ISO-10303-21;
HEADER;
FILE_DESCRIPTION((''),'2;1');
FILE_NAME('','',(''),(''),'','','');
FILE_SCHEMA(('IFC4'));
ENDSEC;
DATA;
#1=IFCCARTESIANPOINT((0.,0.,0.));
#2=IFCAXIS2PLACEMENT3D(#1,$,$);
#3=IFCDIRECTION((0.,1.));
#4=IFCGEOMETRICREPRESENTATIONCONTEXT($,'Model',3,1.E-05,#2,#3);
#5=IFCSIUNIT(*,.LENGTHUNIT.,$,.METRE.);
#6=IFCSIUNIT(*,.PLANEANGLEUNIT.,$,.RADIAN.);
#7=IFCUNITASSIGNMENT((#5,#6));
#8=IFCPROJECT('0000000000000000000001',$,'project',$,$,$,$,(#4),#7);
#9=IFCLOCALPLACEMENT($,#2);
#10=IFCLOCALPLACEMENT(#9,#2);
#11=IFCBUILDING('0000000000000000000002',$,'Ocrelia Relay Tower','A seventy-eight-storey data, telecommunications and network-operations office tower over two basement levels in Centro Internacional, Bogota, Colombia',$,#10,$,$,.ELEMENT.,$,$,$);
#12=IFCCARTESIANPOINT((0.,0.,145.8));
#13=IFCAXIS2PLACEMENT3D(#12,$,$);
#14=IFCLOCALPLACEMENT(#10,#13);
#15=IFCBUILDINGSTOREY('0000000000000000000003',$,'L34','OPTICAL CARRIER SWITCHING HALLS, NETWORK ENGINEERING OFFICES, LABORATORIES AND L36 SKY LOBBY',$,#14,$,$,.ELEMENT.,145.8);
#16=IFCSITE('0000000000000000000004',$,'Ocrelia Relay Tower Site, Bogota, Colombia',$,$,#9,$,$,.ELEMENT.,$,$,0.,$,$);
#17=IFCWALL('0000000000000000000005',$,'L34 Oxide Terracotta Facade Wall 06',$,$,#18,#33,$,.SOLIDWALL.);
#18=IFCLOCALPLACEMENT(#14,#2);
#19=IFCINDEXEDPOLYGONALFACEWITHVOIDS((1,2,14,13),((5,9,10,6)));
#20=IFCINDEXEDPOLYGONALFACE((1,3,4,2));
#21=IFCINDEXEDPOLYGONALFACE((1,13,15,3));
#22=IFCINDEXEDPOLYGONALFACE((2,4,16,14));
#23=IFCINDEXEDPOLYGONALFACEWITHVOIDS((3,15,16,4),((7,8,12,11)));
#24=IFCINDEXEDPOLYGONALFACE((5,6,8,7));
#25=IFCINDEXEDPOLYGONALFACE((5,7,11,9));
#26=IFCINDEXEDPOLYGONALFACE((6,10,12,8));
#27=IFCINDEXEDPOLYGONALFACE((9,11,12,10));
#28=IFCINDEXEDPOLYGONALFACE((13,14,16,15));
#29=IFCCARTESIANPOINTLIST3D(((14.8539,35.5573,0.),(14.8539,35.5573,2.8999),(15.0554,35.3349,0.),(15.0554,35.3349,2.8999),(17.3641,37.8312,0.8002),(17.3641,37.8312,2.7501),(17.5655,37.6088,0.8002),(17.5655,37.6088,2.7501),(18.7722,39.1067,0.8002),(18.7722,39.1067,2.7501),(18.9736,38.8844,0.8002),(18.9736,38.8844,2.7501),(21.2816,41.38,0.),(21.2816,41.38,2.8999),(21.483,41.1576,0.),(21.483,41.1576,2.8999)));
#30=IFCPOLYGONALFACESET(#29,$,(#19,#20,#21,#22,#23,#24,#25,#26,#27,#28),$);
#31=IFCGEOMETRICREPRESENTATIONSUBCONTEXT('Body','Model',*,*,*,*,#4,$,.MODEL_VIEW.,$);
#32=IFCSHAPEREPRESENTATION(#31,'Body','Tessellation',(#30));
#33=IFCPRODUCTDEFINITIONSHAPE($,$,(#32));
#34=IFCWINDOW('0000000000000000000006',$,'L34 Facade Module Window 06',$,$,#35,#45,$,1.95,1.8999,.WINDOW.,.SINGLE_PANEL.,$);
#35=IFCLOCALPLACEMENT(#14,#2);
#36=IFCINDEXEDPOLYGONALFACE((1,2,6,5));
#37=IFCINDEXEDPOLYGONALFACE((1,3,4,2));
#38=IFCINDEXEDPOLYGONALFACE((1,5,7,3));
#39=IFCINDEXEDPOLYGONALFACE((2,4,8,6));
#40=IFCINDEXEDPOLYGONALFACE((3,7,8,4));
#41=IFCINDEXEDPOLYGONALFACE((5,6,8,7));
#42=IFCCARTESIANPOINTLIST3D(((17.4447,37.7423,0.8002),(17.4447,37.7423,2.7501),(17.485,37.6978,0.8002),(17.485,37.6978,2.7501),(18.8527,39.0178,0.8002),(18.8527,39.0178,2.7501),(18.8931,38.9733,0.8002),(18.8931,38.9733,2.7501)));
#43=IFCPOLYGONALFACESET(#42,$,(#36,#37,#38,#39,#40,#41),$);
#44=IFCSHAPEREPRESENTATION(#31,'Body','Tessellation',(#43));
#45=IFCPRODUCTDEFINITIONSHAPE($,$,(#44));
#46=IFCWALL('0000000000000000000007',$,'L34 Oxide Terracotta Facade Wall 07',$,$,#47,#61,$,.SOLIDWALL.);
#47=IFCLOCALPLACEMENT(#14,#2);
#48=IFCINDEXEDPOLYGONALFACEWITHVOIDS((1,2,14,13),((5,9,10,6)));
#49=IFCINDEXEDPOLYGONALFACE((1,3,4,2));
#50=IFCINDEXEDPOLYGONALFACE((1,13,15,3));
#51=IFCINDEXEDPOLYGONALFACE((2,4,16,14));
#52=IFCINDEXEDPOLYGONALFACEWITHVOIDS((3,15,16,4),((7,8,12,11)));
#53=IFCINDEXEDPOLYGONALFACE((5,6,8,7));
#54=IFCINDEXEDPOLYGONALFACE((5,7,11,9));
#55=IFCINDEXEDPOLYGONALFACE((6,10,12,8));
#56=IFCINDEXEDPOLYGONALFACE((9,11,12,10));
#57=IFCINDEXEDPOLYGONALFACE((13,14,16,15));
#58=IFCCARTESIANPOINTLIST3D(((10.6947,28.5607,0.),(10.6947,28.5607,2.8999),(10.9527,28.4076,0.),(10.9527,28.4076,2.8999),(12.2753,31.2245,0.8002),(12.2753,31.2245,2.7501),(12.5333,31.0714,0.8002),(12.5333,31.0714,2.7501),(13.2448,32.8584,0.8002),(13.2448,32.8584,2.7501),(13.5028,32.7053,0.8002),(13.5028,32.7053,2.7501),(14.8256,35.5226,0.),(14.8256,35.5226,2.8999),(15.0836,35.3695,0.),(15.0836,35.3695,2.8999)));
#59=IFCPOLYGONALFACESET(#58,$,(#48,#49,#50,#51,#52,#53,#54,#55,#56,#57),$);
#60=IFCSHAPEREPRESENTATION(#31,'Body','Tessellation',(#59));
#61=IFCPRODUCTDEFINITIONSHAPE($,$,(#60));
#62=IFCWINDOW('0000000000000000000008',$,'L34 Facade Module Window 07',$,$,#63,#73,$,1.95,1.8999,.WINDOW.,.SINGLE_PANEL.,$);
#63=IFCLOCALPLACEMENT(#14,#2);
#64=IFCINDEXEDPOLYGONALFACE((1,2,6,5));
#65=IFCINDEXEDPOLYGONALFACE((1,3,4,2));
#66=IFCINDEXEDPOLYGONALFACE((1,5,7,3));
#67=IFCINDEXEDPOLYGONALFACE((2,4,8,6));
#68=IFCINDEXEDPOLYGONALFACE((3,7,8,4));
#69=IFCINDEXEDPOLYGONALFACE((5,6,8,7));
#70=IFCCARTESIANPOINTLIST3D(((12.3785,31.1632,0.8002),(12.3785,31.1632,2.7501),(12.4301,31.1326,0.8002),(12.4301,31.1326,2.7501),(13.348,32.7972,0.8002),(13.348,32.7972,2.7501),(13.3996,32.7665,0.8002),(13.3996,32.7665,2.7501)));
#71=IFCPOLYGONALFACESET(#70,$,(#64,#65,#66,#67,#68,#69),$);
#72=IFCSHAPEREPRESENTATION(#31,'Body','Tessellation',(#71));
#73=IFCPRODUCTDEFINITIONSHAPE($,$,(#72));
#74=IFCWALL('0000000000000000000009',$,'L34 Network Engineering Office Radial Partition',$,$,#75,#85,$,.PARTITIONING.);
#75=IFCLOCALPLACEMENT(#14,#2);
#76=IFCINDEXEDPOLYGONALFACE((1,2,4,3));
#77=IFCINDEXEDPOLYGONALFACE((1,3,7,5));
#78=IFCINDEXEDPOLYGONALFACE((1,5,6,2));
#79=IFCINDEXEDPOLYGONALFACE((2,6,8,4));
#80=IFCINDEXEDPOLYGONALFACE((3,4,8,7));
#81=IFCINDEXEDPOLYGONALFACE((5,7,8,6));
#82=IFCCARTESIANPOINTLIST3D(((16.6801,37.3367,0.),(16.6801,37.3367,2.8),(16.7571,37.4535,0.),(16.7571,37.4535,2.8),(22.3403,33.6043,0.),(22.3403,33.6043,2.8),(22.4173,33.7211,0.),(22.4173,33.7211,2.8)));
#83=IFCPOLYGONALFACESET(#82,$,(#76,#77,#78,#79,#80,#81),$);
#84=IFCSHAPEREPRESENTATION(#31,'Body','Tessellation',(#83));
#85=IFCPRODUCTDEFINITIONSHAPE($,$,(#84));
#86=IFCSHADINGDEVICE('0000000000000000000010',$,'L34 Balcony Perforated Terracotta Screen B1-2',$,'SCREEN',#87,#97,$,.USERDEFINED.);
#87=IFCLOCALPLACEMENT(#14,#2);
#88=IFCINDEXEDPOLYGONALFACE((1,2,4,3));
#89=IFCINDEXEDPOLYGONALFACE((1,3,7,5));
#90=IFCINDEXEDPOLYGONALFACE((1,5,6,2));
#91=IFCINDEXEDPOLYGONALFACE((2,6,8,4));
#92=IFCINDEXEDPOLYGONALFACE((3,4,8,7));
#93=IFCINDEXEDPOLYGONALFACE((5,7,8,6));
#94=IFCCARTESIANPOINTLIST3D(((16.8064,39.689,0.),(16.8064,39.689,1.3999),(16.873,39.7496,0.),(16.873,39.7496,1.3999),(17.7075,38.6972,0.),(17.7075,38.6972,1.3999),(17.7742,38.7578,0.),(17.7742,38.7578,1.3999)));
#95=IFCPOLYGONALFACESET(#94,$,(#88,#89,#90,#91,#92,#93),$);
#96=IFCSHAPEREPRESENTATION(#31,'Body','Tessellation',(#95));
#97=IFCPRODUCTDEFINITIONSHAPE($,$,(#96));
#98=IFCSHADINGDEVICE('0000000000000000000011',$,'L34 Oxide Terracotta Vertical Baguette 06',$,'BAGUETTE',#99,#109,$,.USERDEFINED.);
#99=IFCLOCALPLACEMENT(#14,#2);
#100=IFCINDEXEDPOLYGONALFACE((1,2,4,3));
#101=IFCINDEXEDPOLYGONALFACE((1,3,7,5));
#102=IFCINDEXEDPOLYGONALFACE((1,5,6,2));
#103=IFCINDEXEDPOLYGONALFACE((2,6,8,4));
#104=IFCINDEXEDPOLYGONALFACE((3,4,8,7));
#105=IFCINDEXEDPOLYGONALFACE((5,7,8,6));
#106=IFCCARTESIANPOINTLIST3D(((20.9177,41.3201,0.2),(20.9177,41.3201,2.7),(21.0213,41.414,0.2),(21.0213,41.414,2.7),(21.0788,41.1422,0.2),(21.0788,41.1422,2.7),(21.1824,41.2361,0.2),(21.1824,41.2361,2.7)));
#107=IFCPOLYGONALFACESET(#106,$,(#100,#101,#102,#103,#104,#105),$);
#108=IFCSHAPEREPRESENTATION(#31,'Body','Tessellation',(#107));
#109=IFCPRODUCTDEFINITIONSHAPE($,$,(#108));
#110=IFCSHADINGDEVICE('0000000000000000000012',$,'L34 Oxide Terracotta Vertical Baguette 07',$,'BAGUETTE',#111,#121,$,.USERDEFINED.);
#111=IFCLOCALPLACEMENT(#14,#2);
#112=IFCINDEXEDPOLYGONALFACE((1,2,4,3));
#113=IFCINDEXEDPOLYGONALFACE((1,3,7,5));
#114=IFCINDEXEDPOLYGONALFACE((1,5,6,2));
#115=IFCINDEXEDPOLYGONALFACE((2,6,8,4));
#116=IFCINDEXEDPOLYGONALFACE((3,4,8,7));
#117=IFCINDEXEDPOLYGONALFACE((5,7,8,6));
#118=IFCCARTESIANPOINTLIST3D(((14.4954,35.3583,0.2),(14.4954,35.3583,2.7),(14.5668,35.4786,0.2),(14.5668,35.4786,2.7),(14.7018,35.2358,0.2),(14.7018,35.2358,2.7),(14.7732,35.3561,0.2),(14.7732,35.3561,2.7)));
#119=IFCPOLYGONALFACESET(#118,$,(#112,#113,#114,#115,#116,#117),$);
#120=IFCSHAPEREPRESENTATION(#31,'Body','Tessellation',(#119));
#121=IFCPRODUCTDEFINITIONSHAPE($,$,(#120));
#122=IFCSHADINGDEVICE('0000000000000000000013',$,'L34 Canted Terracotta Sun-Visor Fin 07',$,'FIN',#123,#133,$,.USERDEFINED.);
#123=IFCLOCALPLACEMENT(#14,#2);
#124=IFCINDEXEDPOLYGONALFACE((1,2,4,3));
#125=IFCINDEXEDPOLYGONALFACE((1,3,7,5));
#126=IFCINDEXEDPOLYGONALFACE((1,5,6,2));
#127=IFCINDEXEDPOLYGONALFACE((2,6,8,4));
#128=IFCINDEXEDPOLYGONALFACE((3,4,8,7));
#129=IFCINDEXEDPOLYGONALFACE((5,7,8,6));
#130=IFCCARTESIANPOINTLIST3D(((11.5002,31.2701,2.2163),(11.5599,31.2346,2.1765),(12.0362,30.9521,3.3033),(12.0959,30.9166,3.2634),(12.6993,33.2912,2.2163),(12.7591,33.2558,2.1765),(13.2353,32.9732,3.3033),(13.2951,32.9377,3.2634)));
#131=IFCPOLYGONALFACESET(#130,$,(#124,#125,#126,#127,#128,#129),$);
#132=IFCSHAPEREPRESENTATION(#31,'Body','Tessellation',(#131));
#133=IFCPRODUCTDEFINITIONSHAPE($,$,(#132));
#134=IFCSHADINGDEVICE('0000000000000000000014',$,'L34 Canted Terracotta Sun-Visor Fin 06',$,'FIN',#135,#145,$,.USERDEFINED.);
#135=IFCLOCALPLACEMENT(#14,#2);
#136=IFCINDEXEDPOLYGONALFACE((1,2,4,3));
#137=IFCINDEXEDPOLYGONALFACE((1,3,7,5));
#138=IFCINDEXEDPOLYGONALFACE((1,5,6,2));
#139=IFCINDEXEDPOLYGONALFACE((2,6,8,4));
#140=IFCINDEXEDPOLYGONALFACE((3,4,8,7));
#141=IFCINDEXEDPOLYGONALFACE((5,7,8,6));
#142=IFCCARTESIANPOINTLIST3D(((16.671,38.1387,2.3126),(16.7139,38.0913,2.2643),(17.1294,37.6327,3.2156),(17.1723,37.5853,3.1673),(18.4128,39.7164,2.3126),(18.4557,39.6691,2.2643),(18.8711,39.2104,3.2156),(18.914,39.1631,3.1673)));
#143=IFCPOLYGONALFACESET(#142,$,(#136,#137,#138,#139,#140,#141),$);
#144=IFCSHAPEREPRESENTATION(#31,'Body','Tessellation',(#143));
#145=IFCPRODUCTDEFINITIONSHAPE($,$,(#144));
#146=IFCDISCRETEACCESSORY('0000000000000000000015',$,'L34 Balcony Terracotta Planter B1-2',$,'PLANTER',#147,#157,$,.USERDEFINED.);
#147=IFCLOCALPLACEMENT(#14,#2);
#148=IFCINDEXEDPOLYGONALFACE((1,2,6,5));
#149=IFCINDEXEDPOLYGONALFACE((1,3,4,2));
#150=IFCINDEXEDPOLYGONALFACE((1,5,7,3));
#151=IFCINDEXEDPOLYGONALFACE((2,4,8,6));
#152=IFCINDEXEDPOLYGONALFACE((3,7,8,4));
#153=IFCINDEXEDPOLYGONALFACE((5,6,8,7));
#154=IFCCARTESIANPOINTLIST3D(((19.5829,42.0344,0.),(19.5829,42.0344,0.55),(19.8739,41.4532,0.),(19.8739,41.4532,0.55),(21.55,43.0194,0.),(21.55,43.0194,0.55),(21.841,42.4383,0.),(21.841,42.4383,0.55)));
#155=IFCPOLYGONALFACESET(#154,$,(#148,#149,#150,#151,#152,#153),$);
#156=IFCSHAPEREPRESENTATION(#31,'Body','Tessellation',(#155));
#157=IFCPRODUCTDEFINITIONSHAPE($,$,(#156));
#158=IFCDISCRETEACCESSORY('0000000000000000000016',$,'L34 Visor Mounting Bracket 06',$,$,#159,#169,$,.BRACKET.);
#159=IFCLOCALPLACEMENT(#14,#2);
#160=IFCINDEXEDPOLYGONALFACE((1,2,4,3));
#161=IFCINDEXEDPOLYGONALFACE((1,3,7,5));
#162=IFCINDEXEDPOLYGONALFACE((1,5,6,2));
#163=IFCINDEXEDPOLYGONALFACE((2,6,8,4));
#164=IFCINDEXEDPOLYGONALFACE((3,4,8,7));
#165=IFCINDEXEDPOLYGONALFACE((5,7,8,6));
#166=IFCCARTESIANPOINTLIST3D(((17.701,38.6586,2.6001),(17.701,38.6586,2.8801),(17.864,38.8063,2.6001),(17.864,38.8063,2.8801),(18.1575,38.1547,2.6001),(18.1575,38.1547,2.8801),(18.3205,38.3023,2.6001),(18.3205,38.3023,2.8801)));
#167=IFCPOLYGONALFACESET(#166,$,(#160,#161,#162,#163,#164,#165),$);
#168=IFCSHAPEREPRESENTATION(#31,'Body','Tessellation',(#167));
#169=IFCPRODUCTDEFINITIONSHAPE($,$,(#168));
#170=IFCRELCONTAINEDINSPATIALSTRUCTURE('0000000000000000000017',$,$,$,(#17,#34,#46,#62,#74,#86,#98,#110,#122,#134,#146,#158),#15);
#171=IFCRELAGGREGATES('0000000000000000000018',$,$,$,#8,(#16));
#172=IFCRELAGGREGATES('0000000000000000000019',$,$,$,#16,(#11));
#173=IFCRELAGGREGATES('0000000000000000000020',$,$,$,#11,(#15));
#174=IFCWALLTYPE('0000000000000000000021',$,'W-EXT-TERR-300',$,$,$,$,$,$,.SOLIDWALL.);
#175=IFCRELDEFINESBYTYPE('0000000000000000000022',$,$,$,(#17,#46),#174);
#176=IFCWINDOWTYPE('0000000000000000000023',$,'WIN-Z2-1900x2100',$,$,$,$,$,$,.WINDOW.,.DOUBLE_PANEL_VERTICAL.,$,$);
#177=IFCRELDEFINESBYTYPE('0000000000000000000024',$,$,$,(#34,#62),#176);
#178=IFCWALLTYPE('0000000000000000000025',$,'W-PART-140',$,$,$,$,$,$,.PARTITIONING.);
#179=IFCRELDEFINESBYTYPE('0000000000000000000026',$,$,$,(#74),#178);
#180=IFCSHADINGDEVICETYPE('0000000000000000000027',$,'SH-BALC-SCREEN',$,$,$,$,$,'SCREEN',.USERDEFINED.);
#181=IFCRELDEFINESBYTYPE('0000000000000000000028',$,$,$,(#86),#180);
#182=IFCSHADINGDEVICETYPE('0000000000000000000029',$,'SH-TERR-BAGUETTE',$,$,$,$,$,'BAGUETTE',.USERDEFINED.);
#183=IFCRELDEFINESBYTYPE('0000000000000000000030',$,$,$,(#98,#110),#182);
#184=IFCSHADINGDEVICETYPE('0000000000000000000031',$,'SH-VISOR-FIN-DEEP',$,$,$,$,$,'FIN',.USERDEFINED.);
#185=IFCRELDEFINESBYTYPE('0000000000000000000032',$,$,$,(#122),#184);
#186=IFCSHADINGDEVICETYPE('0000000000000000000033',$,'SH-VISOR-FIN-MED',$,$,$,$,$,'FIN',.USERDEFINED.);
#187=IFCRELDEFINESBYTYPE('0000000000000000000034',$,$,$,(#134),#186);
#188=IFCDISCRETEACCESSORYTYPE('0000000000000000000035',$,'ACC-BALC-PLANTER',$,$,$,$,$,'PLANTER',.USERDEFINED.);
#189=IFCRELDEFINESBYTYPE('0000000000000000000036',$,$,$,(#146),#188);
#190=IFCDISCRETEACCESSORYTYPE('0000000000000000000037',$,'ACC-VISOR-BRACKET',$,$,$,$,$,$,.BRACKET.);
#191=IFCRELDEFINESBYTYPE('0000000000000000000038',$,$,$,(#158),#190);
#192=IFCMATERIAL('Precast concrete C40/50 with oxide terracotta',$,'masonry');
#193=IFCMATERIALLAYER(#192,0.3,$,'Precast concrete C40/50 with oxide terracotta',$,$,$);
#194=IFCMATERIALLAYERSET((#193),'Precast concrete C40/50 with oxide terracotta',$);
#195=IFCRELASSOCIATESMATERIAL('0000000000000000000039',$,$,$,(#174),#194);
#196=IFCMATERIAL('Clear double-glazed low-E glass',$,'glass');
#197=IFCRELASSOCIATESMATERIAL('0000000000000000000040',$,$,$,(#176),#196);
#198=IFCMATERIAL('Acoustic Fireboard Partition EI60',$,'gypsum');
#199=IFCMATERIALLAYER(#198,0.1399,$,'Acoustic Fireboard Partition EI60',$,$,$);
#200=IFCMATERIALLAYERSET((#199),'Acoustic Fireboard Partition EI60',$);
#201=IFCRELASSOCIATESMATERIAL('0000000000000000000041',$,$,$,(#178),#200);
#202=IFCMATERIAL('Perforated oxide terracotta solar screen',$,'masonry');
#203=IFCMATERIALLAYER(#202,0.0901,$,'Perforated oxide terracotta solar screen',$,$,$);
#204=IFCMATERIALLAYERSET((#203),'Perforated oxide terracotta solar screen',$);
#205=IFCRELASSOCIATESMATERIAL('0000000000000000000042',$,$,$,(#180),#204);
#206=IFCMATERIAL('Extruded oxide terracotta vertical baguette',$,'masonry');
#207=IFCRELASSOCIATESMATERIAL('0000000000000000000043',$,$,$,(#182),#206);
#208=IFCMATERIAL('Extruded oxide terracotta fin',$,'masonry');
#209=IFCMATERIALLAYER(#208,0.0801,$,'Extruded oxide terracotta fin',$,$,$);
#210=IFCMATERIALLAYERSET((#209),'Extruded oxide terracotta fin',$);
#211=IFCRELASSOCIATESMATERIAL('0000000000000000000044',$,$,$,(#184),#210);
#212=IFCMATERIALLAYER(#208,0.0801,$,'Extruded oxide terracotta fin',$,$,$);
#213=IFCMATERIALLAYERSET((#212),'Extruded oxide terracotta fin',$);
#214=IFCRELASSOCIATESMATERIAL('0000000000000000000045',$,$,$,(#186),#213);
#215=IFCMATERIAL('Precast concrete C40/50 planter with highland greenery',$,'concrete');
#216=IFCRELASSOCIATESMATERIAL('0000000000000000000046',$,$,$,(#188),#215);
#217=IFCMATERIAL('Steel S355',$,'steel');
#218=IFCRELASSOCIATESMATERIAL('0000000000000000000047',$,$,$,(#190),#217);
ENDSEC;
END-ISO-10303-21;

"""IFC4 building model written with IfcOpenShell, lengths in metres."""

from ifc_helpers import new_model, si_unit, direction, frame, frame_2d, origin, origin_2d, place, context, subcontext, project, spatial, rectangle, extrude, material, layer, layer_set, type_object, element, fill, save


model = new_model("IFC4")

# Units and contexts
model_context = context("Model", 3, precision=1e-05, world=origin(), true_north=direction((0.0, 1.0)))
body_context = subcontext(model_context, "Body", "Model", "MODEL_VIEW")
ifc_project = project(units=[si_unit("LENGTHUNIT", "METRE"), si_unit("PLANEANGLEUNIT", "RADIAN")], contexts=[model_context])

# Site, building, storey
site_placement = place(None, origin())
site = spatial("IfcSite", under=ifc_project, at=site_placement, Name="Ocrelia Relay Tower Site, Bogota, Colombia", CompositionType="ELEMENT", RefElevation=0.0)
building_placement = place(site_placement, origin())
building = spatial("IfcBuilding", under=site, at=building_placement, Name="Ocrelia Relay Tower", Description="A seventy-eight-storey data, telecommunications and network-operations office tower over two basement levels in Centro Internacional, Bogota, Colombia", CompositionType="ELEMENT")
storey_placement = place(building_placement, frame((0.0, 0.0, 145.8)))
storey = spatial("IfcBuildingStorey", under=building, at=storey_placement, Name="L34", Description="OPTICAL CARRIER SWITCHING HALLS, NETWORK ENGINEERING OFFICES, LABORATORIES AND L36 SKY LOBBY", CompositionType="ELEMENT", Elevation=145.8)

# Shared definitions
ifc_material_1 = material(Name="Steel S355", Category="steel")

# Walls, openings, windows
ifc_material_2 = material(Name="Precast concrete C40/50 with oxide terracotta", Category="masonry")
ifc_layer_1 = layer(ifc_material_2, 0.3, Name="Precast concrete C40/50 with oxide terracotta")
ifc_layer_set_1 = layer_set([ifc_layer_1], Name="Precast concrete C40/50 with oxide terracotta")
wall_type_1 = type_object("IfcWallType", Name="W-EXT-TERR-300", PredefinedType="SOLIDWALL", material=ifc_layer_set_1)
wall_1_placement = place(storey_placement, frame((21.3823, 41.2688, 0.0), z_axis=(0.0, 0.0, 1.0), x_axis=(-0.741124, -0.671369, 0.0)))
wall_1 = element("IfcWall", 1, at=wall_1_placement, inside=storey, type_object=wall_type_1, Name="L34 Oxide Terracotta Facade Wall 06", PredefinedType="SOLIDWALL", context=body_context, shape_type="SweptSolid", body=[
    extrude(rectangle(XDim=8.6729, YDim=0.3, at=frame_2d((4.3364, 0.0))), origin(), (0.0, 0.0, 1.0), 2.8999),
])
opening_1_placement = place(wall_1_placement, frame((3.386, 0.0, 0.8)))
opening_1 = element("IfcOpeningElement", 2, at=opening_1_placement, cuts=wall_1, PredefinedType="OPENING", context=body_context, shape_type="SweptSolid", body=[
    extrude(rectangle(XDim=1.8999, YDim=1.95, at=frame_2d((0.95, 0.9751))), frame((0.0, 0.1602, 0.0), z_axis=(0.0, -1.0, 0.0), x_axis=(1.0, 0.0, 0.0)), (0.0, 0.0, 1.0), 0.3201),
])
ifc_material_3 = material(Name="Clear double-glazed low-E glass", Category="glass")
window_type = type_object("IfcWindowType", Name="WIN-Z2-1900x2100", PartitioningType="DOUBLE_PANEL_VERTICAL", PredefinedType="WINDOW", material=ifc_material_3)
window_1_placement = place(opening_1_placement, origin())
window_1 = element("IfcWindow", 3, at=window_1_placement, inside=storey, type_object=window_type, Name="L34 Facade Module Window 06", OverallHeight=1.95, OverallWidth=1.8999, PartitioningType="SINGLE_PANEL", PredefinedType="WINDOW", context=body_context, shape_type="SweptSolid", body=[
    extrude(rectangle(XDim=1.8999, YDim=1.95, at=frame_2d((0.95, 0.9751))), frame((0.0, 0.03, 0.0), z_axis=(0.0, -1.0, 0.0), x_axis=(1.0, 0.0, 0.0)), (0.0, 0.0, 1.0), 0.0601),
])
fill(opening_1, window_1)
wall_2_placement = place(storey_placement, frame((14.9546, 35.446, 0.0), z_axis=(0.0, 0.0, 1.0), x_axis=(-0.510285, -0.860005, 0.0)))
wall_2 = element("IfcWall", 4, at=wall_2_placement, inside=storey, type_object=wall_type_1, Name="L34 Oxide Terracotta Facade Wall 07", PredefinedType="SOLIDWALL", context=body_context, shape_type="SweptSolid", body=[
    extrude(rectangle(XDim=8.0952, YDim=0.3, at=frame_2d((4.0476, 0.0))), origin(), (0.0, 0.0, 1.0), 2.8999),
])
opening_2_placement = place(wall_2_placement, frame((3.0979, 0.0, 0.8)))
opening_2 = element("IfcOpeningElement", 5, at=opening_2_placement, cuts=wall_2, PredefinedType="OPENING", context=body_context, shape_type="SweptSolid", body=[
    extrude(rectangle(XDim=1.8999, YDim=1.95, at=frame_2d((0.95, 0.9751))), frame((0.0, 0.1602, 0.0), z_axis=(0.0, -1.0, 0.0), x_axis=(1.0, 0.0, 0.0)), (0.0, 0.0, 1.0), 0.3201),
])
window_2_placement = place(opening_2_placement, origin())
window_2 = element("IfcWindow", 6, at=window_2_placement, inside=storey, type_object=window_type, Name="L34 Facade Module Window 07", OverallHeight=1.95, OverallWidth=1.8999, PartitioningType="SINGLE_PANEL", PredefinedType="WINDOW", context=body_context, shape_type="SweptSolid", body=[
    extrude(rectangle(XDim=1.8999, YDim=1.95, at=frame_2d((0.95, 0.9751))), frame((0.0, 0.03, 0.0), z_axis=(0.0, -1.0, 0.0), x_axis=(1.0, 0.0, 0.0)), (0.0, 0.0, 1.0), 0.0601),
])
fill(opening_2, window_2)

# Wall
ifc_material_4 = material(Name="Acoustic Fireboard Partition EI60", Category="gypsum")
ifc_layer_2 = layer(ifc_material_4, 0.1399, Name="Acoustic Fireboard Partition EI60")
ifc_layer_set_2 = layer_set([ifc_layer_2], Name="Acoustic Fireboard Partition EI60")
wall_type_2 = type_object("IfcWallType", Name="W-PART-140", PredefinedType="PARTITIONING", material=ifc_layer_set_2)
wall_3_placement = place(storey_placement, frame((22.3789, 33.6626, 0.0), z_axis=(0.0, 0.0, 1.0), x_axis=(-0.834832, 0.550505, 0.0)))
element("IfcWall", 7, at=wall_3_placement, inside=storey, type_object=wall_type_2, Name="L34 Network Engineering Office Radial Partition", PredefinedType="PARTITIONING", context=body_context, shape_type="SweptSolid", body=[
    extrude(rectangle(XDim=6.78, YDim=0.1399, at=frame_2d((3.3901, 0.0))), origin(), (0.0, 0.0, 1.0), 2.8),
])

# Shading devices
ifc_material_5 = material(Name="Perforated oxide terracotta solar screen", Category="masonry")
ifc_layer_3 = layer(ifc_material_5, 0.0901, Name="Perforated oxide terracotta solar screen")
ifc_layer_set_3 = layer_set([ifc_layer_3], Name="Perforated oxide terracotta solar screen")
shading_device_type_1 = type_object("IfcShadingDeviceType", Name="SH-BALC-SCREEN", ElementType="SCREEN", PredefinedType="USERDEFINED", material=ifc_layer_set_3)
shading_device_1_placement = place(storey_placement, frame((17.2903, 39.2234, 0.0), z_axis=(0.0, 0.0, 1.0), x_axis=(-0.672458, 0.740135, 0.0)))
element("IfcShadingDevice", 8, at=shading_device_1_placement, inside=storey, type_object=shading_device_type_1, Name="L34 Balcony Perforated Terracotta Screen B1-2", ObjectType="SCREEN", PredefinedType="USERDEFINED", context=body_context, shape_type="SweptSolid", body=[
    extrude(rectangle(XDim=1.3401, YDim=0.0901, at=origin_2d()), origin(), (0.0, 0.0, 1.0), 1.3999),
])
ifc_material_6 = material(Name="Extruded oxide terracotta vertical baguette", Category="masonry")
shading_device_type_2 = type_object("IfcShadingDeviceType", Name="SH-TERR-BAGUETTE", ElementType="BAGUETTE", PredefinedType="USERDEFINED", material=ifc_material_6)
for number, where, z_axis, x_axis, name in (
    (9, (21.05, 41.2781, 0.2), (0.0, 0.0, 1.0), (-0.741141, -0.671349, 0.0), "L34 Oxide Terracotta Vertical Baguette 06"),
    (10, (14.6343, 35.3572, 0.2), (0.0, 0.0, 1.0), (-0.510271, -0.860013, 0.0), "L34 Oxide Terracotta Vertical Baguette 07"),
):
    element("IfcShadingDevice", number, at=place(storey_placement, frame(where, z_axis=z_axis, x_axis=x_axis)), inside=storey, type_object=shading_device_type_2, Name=name, ObjectType="BAGUETTE", PredefinedType="USERDEFINED", context=body_context, shape_type="SweptSolid", body=[
        extrude(rectangle(XDim=0.1399, YDim=0.24, at=origin_2d()), origin(), (0.0, 0.0, 1.0), 2.5),
    ])
ifc_material_7 = material(Name="Extruded oxide terracotta fin", Category="masonry")
ifc_layer_4 = layer(ifc_material_7, 0.0801, Name="Extruded oxide terracotta fin")
ifc_layer_set_4 = layer_set([ifc_layer_4], Name="Extruded oxide terracotta fin")
shading_device_type_3 = type_object("IfcShadingDeviceType", Name="SH-VISOR-FIN-DEEP", ElementType="FIN", PredefinedType="USERDEFINED", material=ifc_layer_set_4)
shading_device_2_placement = place(storey_placement, frame((12.4275, 32.0862, 2.72), z_axis=(-0.746066, 0.442663, 0.497428), x_axis=(-0.510271, -0.860013, 0.0)))
element("IfcShadingDevice", 11, at=shading_device_2_placement, inside=storey, type_object=shading_device_type_3, Name="L34 Canted Terracotta Sun-Visor Fin 07", ObjectType="FIN", PredefinedType="USERDEFINED", context=body_context, shape_type="SweptSolid", body=[
    extrude(rectangle(XDim=2.3501, YDim=1.2529, at=origin_2d()), origin(), (0.0, 0.0, 1.0), 0.0801),
])
ifc_layer_5 = layer(ifc_material_7, 0.0801, Name="Extruded oxide terracotta fin")
ifc_layer_set_5 = layer_set([ifc_layer_5], Name="Extruded oxide terracotta fin")
shading_device_type_4 = type_object("IfcShadingDeviceType", Name="SH-VISOR-FIN-MED", ElementType="FIN", PredefinedType="USERDEFINED", material=ifc_layer_set_5)
shading_device_3_placement = place(storey_placement, frame((17.814, 38.6272, 2.7158), z_axis=(-0.535528, 0.5912, 0.603069), x_axis=(-0.741141, -0.671349, 0.0)))
element("IfcShadingDevice", 12, at=shading_device_3_placement, inside=storey, type_object=shading_device_type_4, Name="L34 Canted Terracotta Sun-Visor Fin 06", ObjectType="FIN", PredefinedType="USERDEFINED", context=body_context, shape_type="SweptSolid", body=[
    extrude(rectangle(XDim=2.3501, YDim=1.1321, at=origin_2d()), origin(), (0.0, 0.0, 1.0), 0.0801),
])

# Discrete accessories
ifc_material_8 = material(Name="Precast concrete C40/50 planter with highland greenery", Category="concrete")
discrete_accessory_type_1 = type_object("IfcDiscreteAccessoryType", Name="ACC-BALC-PLANTER", ElementType="PLANTER", PredefinedType="USERDEFINED", material=ifc_material_8)
discrete_accessory_1_placement = place(storey_placement, frame((20.7119, 42.2363, 0.0), z_axis=(0.0, 0.0, 1.0), x_axis=(0.894155, 0.447757, 0.0)))
element("IfcDiscreteAccessory", 13, at=discrete_accessory_1_placement, inside=storey, type_object=discrete_accessory_type_1, Name="L34 Balcony Terracotta Planter B1-2", ObjectType="PLANTER", PredefinedType="USERDEFINED", context=body_context, shape_type="SweptSolid", body=[
    extrude(rectangle(XDim=2.2, YDim=0.6499, at=origin_2d()), origin(), (0.0, 0.0, 1.0), 0.55),
])
discrete_accessory_type_2 = type_object("IfcDiscreteAccessoryType", Name="ACC-VISOR-BRACKET", PredefinedType="BRACKET", material=ifc_material_1)
discrete_accessory_2_placement = place(storey_placement, frame((18.0107, 38.4805, 2.6001), z_axis=(0.0, 0.0, 1.0), x_axis=(-0.741141, -0.671349, 0.0)))
element("IfcDiscreteAccessory", 14, at=discrete_accessory_2_placement, inside=storey, type_object=discrete_accessory_type_2, Name="L34 Visor Mounting Bracket 06", PredefinedType="BRACKET", context=body_context, shape_type="SweptSolid", body=[
    extrude(rectangle(XDim=0.22, YDim=0.6799, at=origin_2d()), origin(), (0.0, 0.0, 1.0), 0.28),
])

save(model, "model.ifc")
